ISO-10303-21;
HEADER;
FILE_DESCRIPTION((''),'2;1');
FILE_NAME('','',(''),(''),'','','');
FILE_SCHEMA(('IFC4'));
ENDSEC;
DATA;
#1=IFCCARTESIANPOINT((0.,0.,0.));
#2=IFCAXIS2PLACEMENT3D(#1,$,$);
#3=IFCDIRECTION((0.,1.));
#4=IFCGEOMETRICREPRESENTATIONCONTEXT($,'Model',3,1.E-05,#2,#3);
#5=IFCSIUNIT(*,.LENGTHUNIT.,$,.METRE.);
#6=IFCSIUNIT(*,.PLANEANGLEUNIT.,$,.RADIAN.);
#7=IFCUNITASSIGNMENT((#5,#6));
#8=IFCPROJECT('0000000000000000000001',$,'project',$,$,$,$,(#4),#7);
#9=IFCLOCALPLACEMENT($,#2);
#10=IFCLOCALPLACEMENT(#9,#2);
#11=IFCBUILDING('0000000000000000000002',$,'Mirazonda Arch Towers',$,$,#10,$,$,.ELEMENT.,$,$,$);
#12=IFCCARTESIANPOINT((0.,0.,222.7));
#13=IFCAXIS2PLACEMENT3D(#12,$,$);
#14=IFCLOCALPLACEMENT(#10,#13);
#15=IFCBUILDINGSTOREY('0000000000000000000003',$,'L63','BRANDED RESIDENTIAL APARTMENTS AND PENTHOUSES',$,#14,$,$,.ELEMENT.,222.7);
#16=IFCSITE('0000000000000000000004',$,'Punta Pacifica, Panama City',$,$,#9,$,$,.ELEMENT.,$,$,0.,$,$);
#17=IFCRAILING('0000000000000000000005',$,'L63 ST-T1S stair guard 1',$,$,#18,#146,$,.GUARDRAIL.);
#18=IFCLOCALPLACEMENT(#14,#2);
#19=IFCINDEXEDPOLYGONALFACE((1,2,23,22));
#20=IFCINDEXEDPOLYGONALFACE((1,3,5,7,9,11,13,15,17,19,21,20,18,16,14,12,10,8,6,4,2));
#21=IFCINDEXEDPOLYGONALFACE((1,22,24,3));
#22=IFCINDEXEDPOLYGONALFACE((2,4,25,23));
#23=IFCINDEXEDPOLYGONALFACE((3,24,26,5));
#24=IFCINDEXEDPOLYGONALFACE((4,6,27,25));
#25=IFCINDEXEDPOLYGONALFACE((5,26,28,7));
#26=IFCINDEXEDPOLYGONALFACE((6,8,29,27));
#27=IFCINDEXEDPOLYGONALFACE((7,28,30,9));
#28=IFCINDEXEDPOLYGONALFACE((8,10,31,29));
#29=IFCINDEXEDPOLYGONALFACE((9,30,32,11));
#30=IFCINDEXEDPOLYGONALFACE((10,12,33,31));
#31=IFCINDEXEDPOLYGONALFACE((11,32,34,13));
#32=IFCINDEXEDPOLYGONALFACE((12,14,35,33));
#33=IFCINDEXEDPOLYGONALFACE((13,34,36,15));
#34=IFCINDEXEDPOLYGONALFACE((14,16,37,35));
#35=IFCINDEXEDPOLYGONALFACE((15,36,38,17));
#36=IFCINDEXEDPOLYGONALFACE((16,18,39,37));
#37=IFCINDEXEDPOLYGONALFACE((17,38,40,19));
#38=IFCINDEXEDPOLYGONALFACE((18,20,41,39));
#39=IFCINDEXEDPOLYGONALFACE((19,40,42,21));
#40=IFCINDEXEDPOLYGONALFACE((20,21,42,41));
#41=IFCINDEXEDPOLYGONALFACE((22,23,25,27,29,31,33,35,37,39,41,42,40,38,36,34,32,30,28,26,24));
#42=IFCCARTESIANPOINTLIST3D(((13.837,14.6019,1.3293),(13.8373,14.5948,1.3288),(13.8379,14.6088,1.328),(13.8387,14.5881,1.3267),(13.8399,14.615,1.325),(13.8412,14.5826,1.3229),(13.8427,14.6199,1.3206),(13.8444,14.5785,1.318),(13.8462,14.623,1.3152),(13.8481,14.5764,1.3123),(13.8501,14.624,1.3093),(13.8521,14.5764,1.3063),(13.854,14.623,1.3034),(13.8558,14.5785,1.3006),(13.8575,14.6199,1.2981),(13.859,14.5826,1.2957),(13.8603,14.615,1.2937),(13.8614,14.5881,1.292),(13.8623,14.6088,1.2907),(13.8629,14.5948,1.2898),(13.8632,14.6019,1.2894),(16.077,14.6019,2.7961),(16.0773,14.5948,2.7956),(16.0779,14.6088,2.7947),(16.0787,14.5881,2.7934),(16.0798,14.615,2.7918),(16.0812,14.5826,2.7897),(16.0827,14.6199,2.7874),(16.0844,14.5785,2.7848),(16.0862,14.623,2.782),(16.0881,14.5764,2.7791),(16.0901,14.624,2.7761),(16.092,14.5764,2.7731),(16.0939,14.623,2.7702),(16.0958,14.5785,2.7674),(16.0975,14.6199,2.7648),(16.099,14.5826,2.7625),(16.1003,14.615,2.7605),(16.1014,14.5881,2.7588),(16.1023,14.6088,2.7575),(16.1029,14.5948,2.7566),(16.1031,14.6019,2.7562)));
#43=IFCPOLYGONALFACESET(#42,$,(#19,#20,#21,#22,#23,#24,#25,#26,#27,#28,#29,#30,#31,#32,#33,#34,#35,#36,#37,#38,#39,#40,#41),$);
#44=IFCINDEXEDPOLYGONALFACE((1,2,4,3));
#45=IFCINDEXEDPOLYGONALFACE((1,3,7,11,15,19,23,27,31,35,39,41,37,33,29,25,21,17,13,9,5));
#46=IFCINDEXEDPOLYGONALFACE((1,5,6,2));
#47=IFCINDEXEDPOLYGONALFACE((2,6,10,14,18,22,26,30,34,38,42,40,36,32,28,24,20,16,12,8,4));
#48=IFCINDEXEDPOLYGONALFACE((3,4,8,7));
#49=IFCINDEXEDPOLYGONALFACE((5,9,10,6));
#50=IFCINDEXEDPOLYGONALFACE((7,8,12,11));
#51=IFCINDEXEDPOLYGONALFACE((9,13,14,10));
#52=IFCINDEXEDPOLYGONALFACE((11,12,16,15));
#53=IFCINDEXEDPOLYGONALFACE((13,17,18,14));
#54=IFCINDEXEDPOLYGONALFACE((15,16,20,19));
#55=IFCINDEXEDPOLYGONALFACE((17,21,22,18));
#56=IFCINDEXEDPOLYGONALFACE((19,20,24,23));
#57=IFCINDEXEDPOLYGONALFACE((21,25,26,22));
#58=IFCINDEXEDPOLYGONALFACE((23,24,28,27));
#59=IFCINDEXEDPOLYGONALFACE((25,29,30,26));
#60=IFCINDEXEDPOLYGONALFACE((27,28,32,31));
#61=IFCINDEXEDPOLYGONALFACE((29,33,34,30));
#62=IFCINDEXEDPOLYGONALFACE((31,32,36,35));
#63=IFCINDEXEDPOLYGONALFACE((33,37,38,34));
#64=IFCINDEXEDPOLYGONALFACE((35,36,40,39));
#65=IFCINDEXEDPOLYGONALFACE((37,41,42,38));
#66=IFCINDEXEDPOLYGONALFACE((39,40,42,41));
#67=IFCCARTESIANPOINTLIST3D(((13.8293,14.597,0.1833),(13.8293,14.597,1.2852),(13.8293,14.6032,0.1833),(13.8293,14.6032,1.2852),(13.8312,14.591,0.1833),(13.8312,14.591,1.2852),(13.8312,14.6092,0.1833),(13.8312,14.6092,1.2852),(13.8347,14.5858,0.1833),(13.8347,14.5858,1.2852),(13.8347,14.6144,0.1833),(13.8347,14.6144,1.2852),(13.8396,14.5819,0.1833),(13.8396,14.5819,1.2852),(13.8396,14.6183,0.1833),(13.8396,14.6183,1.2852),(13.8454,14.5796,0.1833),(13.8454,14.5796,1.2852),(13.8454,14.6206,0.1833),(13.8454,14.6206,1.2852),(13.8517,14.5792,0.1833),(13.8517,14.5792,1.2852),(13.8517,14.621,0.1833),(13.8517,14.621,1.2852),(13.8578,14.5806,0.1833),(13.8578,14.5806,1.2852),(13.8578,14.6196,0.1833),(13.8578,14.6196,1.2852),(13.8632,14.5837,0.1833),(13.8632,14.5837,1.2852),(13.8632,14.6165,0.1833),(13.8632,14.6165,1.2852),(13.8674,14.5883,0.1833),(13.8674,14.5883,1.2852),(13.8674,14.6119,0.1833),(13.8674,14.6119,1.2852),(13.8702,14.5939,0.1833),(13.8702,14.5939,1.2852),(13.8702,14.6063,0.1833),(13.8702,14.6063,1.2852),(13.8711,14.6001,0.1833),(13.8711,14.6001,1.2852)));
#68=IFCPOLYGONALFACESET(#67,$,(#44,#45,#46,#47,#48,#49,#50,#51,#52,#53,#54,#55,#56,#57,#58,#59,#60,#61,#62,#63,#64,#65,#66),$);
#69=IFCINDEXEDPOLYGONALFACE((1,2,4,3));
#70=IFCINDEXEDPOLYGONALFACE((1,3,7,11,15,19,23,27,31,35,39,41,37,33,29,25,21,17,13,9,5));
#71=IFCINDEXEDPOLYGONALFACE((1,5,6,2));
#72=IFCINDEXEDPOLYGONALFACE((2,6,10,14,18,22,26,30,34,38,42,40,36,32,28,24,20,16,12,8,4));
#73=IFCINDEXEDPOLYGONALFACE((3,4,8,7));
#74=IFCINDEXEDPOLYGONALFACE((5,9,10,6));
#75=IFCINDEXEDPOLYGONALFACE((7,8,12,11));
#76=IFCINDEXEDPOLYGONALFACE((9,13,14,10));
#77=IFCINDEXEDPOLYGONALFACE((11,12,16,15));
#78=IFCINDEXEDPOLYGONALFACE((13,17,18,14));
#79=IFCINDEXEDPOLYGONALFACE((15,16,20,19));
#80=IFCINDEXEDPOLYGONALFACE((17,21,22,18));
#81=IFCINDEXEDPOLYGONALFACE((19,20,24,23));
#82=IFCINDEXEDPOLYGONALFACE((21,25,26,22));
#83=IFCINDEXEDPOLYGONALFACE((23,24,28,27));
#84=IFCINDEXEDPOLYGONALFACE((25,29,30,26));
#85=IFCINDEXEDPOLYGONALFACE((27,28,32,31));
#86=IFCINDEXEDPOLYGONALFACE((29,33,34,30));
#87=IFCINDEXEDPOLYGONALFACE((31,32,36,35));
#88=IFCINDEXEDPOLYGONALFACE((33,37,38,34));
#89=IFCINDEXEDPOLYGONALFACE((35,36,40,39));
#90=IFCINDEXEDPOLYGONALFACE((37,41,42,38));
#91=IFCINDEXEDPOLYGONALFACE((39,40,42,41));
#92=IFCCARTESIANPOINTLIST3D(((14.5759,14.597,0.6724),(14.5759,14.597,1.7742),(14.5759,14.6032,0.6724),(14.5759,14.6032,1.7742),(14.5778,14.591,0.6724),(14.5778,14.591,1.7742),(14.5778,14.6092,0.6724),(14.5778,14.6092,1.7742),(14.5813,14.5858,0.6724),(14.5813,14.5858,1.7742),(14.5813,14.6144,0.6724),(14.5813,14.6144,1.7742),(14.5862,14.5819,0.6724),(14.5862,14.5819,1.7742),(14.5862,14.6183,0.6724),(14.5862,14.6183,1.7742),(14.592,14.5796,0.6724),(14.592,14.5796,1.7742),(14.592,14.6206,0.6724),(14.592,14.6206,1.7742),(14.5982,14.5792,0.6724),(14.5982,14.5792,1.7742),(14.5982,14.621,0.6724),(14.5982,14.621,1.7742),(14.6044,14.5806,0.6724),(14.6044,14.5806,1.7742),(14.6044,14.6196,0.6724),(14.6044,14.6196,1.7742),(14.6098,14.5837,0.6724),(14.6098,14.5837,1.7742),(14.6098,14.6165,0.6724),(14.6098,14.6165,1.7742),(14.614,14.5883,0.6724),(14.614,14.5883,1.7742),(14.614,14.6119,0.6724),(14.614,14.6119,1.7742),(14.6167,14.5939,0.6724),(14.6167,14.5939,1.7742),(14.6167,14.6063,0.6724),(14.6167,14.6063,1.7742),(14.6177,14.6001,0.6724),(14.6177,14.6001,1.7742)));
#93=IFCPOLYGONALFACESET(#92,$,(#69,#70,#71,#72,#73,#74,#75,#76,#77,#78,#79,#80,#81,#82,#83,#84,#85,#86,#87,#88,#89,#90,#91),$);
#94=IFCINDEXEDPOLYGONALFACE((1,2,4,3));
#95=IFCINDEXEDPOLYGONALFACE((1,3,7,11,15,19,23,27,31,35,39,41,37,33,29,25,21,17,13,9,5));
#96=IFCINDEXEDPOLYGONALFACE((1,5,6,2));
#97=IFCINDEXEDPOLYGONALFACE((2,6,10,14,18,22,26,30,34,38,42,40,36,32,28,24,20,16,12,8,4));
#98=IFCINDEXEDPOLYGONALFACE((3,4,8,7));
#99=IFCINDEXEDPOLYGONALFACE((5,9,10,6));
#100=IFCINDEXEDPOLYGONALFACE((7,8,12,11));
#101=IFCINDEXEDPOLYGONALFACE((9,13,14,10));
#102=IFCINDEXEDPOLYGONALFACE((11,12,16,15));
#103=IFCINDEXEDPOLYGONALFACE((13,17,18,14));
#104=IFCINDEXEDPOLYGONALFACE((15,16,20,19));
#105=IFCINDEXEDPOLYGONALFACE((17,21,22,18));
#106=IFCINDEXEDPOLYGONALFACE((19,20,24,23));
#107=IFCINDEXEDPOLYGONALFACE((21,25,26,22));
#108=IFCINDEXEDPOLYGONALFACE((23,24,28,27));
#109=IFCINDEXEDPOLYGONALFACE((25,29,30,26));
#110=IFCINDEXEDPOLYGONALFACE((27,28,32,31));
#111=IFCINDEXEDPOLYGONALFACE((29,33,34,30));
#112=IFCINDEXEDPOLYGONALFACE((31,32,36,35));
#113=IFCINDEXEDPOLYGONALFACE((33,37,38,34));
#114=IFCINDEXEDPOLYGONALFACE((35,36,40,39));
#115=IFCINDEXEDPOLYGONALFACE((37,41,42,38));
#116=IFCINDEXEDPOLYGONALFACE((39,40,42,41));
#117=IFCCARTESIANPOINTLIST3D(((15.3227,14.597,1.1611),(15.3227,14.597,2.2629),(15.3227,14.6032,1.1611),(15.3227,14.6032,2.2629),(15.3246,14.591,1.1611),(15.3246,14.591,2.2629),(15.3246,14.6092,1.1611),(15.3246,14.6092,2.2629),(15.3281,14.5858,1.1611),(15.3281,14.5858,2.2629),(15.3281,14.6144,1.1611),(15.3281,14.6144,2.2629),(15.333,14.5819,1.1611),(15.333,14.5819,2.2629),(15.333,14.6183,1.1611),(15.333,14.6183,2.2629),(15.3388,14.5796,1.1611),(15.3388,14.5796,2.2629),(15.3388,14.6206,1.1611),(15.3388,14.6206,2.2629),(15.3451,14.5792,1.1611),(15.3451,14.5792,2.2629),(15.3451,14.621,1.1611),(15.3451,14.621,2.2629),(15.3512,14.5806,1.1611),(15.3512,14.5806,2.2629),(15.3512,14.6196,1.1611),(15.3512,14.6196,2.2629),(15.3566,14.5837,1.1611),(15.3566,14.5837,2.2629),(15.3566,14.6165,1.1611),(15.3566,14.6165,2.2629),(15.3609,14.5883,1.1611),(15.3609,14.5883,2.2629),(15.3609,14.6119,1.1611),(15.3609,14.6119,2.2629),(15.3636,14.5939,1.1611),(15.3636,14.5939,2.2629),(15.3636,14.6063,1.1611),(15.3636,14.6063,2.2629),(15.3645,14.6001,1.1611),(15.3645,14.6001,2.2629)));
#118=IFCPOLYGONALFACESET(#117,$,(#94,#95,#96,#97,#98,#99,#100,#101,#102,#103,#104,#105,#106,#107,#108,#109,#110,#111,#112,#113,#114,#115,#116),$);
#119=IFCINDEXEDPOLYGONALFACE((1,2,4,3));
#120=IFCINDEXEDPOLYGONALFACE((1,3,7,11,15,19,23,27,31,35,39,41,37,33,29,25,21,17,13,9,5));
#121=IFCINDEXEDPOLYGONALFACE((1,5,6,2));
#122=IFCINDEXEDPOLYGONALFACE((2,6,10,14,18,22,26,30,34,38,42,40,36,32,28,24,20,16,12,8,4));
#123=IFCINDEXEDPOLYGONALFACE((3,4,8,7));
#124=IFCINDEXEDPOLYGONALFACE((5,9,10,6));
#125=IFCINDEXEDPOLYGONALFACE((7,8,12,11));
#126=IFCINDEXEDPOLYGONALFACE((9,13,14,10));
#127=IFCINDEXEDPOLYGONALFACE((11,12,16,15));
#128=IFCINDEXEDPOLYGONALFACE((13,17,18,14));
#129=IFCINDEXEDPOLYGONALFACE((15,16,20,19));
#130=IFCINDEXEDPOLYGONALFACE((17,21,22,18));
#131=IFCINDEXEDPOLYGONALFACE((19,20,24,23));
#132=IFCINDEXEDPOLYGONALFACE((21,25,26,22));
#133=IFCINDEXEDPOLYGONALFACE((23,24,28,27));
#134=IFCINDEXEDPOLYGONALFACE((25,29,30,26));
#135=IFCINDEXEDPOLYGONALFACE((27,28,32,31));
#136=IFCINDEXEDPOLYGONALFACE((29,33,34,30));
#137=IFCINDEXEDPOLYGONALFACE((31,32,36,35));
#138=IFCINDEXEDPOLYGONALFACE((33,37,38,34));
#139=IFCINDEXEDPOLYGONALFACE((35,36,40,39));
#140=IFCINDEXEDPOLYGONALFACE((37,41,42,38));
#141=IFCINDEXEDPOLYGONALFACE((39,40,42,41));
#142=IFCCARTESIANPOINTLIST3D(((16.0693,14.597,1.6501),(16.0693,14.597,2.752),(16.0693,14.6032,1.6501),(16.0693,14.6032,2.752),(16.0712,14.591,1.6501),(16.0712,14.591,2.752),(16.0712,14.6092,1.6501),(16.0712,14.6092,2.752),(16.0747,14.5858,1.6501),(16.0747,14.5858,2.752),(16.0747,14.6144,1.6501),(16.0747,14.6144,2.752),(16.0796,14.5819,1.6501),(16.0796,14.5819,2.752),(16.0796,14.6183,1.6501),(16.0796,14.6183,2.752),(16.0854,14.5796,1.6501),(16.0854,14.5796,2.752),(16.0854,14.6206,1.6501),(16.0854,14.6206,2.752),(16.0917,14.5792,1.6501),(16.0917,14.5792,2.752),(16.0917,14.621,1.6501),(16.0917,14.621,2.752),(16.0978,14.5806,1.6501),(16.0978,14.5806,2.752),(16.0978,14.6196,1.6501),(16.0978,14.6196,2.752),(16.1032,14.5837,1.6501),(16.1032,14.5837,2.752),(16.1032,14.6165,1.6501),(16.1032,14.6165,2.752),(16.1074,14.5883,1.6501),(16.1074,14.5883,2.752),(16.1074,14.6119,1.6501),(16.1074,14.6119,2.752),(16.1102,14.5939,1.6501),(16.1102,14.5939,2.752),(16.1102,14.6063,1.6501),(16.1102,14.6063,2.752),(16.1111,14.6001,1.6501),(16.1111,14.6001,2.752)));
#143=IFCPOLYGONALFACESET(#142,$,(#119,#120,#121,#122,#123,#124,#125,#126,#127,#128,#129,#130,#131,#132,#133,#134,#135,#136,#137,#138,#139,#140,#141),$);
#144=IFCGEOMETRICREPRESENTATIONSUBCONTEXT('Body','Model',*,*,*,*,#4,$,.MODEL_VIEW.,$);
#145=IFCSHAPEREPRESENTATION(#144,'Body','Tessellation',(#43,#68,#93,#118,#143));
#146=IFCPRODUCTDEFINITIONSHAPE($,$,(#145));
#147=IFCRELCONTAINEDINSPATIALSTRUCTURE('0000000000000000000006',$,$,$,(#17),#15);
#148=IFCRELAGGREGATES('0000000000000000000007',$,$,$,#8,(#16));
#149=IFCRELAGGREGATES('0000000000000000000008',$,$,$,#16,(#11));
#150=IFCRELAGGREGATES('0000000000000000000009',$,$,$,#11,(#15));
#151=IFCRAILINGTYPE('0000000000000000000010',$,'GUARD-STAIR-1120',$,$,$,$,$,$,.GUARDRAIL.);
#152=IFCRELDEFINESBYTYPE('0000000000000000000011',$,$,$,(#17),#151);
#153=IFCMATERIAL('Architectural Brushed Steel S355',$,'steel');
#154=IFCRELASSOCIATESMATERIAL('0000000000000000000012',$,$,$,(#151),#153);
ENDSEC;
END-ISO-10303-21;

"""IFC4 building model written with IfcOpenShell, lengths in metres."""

from ifc_helpers import new_model, si_unit, direction, frame, origin, origin_2d, place, context, subcontext, project, spatial, circle, extrude, material, type_object, element, save


model = new_model("IFC4")

# Units and contexts
model_context = context("Model", 3, precision=1e-05, world=origin(), true_north=direction((0.0, 1.0)))
body_context = subcontext(model_context, "Body", "Model", "MODEL_VIEW")
ifc_project = project(units=[si_unit("LENGTHUNIT", "METRE"), si_unit("PLANEANGLEUNIT", "RADIAN")], contexts=[model_context])

# Site, building, storey
site_placement = place(None, origin())
site = spatial("IfcSite", under=ifc_project, at=site_placement, Name="Punta Pacifica, Panama City", CompositionType="ELEMENT", RefElevation=0.0)
building_placement = place(site_placement, origin())
building = spatial("IfcBuilding", under=site, at=building_placement, Name="Mirazonda Arch Towers", CompositionType="ELEMENT")
storey_placement = place(building_placement, frame((0.0, 0.0, 222.7)))
storey = spatial("IfcBuildingStorey", under=building, at=storey_placement, Name="L63", Description="BRANDED RESIDENTIAL APARTMENTS AND PENTHOUSES", CompositionType="ELEMENT", Elevation=222.7)

# Shared definitions
ifc_material_1 = material(Name="Architectural Brushed Steel S355", Category="steel")

# Railing
railing_type_1 = type_object("IfcRailingType", Name="GUARD-STAIR-1120", PredefinedType="GUARDRAIL", material=ifc_material_1)
railing_1_placement = place(storey_placement, frame((13.8501, 14.6001, 0.1833)))
element("IfcRailing", 1, at=railing_1_placement, inside=storey, type_object=railing_type_1, Name="L63 ST-T1S stair guard 1", PredefinedType="GUARDRAIL", context=body_context, shape_type="SweptSolid", body=[
    extrude(circle(Radius=0.0239, at=origin_2d()), frame((0.0, 0.0, 1.126), z_axis=(0.836595, 0.0, 0.547822), x_axis=(0.0, 1.0, 0.0)), (0.0, 0.0, 1.0), 2.6775),
    extrude(circle(Radius=0.021, at=origin_2d()), origin(), (0.0, 0.0, 1.0), 1.1018),
    extrude(circle(Radius=0.021, at=origin_2d()), frame((0.7466, 0.0, 0.489)), (0.0, 0.0, 1.0), 1.1018),
    extrude(circle(Radius=0.021, at=origin_2d()), frame((1.4934, 0.0, 0.9778)), (0.0, 0.0, 1.0), 1.1018),
    extrude(circle(Radius=0.021, at=origin_2d()), frame((2.24, 0.0, 1.4668)), (0.0, 0.0, 1.0), 1.1018),
])

save(model, "model.ifc")
